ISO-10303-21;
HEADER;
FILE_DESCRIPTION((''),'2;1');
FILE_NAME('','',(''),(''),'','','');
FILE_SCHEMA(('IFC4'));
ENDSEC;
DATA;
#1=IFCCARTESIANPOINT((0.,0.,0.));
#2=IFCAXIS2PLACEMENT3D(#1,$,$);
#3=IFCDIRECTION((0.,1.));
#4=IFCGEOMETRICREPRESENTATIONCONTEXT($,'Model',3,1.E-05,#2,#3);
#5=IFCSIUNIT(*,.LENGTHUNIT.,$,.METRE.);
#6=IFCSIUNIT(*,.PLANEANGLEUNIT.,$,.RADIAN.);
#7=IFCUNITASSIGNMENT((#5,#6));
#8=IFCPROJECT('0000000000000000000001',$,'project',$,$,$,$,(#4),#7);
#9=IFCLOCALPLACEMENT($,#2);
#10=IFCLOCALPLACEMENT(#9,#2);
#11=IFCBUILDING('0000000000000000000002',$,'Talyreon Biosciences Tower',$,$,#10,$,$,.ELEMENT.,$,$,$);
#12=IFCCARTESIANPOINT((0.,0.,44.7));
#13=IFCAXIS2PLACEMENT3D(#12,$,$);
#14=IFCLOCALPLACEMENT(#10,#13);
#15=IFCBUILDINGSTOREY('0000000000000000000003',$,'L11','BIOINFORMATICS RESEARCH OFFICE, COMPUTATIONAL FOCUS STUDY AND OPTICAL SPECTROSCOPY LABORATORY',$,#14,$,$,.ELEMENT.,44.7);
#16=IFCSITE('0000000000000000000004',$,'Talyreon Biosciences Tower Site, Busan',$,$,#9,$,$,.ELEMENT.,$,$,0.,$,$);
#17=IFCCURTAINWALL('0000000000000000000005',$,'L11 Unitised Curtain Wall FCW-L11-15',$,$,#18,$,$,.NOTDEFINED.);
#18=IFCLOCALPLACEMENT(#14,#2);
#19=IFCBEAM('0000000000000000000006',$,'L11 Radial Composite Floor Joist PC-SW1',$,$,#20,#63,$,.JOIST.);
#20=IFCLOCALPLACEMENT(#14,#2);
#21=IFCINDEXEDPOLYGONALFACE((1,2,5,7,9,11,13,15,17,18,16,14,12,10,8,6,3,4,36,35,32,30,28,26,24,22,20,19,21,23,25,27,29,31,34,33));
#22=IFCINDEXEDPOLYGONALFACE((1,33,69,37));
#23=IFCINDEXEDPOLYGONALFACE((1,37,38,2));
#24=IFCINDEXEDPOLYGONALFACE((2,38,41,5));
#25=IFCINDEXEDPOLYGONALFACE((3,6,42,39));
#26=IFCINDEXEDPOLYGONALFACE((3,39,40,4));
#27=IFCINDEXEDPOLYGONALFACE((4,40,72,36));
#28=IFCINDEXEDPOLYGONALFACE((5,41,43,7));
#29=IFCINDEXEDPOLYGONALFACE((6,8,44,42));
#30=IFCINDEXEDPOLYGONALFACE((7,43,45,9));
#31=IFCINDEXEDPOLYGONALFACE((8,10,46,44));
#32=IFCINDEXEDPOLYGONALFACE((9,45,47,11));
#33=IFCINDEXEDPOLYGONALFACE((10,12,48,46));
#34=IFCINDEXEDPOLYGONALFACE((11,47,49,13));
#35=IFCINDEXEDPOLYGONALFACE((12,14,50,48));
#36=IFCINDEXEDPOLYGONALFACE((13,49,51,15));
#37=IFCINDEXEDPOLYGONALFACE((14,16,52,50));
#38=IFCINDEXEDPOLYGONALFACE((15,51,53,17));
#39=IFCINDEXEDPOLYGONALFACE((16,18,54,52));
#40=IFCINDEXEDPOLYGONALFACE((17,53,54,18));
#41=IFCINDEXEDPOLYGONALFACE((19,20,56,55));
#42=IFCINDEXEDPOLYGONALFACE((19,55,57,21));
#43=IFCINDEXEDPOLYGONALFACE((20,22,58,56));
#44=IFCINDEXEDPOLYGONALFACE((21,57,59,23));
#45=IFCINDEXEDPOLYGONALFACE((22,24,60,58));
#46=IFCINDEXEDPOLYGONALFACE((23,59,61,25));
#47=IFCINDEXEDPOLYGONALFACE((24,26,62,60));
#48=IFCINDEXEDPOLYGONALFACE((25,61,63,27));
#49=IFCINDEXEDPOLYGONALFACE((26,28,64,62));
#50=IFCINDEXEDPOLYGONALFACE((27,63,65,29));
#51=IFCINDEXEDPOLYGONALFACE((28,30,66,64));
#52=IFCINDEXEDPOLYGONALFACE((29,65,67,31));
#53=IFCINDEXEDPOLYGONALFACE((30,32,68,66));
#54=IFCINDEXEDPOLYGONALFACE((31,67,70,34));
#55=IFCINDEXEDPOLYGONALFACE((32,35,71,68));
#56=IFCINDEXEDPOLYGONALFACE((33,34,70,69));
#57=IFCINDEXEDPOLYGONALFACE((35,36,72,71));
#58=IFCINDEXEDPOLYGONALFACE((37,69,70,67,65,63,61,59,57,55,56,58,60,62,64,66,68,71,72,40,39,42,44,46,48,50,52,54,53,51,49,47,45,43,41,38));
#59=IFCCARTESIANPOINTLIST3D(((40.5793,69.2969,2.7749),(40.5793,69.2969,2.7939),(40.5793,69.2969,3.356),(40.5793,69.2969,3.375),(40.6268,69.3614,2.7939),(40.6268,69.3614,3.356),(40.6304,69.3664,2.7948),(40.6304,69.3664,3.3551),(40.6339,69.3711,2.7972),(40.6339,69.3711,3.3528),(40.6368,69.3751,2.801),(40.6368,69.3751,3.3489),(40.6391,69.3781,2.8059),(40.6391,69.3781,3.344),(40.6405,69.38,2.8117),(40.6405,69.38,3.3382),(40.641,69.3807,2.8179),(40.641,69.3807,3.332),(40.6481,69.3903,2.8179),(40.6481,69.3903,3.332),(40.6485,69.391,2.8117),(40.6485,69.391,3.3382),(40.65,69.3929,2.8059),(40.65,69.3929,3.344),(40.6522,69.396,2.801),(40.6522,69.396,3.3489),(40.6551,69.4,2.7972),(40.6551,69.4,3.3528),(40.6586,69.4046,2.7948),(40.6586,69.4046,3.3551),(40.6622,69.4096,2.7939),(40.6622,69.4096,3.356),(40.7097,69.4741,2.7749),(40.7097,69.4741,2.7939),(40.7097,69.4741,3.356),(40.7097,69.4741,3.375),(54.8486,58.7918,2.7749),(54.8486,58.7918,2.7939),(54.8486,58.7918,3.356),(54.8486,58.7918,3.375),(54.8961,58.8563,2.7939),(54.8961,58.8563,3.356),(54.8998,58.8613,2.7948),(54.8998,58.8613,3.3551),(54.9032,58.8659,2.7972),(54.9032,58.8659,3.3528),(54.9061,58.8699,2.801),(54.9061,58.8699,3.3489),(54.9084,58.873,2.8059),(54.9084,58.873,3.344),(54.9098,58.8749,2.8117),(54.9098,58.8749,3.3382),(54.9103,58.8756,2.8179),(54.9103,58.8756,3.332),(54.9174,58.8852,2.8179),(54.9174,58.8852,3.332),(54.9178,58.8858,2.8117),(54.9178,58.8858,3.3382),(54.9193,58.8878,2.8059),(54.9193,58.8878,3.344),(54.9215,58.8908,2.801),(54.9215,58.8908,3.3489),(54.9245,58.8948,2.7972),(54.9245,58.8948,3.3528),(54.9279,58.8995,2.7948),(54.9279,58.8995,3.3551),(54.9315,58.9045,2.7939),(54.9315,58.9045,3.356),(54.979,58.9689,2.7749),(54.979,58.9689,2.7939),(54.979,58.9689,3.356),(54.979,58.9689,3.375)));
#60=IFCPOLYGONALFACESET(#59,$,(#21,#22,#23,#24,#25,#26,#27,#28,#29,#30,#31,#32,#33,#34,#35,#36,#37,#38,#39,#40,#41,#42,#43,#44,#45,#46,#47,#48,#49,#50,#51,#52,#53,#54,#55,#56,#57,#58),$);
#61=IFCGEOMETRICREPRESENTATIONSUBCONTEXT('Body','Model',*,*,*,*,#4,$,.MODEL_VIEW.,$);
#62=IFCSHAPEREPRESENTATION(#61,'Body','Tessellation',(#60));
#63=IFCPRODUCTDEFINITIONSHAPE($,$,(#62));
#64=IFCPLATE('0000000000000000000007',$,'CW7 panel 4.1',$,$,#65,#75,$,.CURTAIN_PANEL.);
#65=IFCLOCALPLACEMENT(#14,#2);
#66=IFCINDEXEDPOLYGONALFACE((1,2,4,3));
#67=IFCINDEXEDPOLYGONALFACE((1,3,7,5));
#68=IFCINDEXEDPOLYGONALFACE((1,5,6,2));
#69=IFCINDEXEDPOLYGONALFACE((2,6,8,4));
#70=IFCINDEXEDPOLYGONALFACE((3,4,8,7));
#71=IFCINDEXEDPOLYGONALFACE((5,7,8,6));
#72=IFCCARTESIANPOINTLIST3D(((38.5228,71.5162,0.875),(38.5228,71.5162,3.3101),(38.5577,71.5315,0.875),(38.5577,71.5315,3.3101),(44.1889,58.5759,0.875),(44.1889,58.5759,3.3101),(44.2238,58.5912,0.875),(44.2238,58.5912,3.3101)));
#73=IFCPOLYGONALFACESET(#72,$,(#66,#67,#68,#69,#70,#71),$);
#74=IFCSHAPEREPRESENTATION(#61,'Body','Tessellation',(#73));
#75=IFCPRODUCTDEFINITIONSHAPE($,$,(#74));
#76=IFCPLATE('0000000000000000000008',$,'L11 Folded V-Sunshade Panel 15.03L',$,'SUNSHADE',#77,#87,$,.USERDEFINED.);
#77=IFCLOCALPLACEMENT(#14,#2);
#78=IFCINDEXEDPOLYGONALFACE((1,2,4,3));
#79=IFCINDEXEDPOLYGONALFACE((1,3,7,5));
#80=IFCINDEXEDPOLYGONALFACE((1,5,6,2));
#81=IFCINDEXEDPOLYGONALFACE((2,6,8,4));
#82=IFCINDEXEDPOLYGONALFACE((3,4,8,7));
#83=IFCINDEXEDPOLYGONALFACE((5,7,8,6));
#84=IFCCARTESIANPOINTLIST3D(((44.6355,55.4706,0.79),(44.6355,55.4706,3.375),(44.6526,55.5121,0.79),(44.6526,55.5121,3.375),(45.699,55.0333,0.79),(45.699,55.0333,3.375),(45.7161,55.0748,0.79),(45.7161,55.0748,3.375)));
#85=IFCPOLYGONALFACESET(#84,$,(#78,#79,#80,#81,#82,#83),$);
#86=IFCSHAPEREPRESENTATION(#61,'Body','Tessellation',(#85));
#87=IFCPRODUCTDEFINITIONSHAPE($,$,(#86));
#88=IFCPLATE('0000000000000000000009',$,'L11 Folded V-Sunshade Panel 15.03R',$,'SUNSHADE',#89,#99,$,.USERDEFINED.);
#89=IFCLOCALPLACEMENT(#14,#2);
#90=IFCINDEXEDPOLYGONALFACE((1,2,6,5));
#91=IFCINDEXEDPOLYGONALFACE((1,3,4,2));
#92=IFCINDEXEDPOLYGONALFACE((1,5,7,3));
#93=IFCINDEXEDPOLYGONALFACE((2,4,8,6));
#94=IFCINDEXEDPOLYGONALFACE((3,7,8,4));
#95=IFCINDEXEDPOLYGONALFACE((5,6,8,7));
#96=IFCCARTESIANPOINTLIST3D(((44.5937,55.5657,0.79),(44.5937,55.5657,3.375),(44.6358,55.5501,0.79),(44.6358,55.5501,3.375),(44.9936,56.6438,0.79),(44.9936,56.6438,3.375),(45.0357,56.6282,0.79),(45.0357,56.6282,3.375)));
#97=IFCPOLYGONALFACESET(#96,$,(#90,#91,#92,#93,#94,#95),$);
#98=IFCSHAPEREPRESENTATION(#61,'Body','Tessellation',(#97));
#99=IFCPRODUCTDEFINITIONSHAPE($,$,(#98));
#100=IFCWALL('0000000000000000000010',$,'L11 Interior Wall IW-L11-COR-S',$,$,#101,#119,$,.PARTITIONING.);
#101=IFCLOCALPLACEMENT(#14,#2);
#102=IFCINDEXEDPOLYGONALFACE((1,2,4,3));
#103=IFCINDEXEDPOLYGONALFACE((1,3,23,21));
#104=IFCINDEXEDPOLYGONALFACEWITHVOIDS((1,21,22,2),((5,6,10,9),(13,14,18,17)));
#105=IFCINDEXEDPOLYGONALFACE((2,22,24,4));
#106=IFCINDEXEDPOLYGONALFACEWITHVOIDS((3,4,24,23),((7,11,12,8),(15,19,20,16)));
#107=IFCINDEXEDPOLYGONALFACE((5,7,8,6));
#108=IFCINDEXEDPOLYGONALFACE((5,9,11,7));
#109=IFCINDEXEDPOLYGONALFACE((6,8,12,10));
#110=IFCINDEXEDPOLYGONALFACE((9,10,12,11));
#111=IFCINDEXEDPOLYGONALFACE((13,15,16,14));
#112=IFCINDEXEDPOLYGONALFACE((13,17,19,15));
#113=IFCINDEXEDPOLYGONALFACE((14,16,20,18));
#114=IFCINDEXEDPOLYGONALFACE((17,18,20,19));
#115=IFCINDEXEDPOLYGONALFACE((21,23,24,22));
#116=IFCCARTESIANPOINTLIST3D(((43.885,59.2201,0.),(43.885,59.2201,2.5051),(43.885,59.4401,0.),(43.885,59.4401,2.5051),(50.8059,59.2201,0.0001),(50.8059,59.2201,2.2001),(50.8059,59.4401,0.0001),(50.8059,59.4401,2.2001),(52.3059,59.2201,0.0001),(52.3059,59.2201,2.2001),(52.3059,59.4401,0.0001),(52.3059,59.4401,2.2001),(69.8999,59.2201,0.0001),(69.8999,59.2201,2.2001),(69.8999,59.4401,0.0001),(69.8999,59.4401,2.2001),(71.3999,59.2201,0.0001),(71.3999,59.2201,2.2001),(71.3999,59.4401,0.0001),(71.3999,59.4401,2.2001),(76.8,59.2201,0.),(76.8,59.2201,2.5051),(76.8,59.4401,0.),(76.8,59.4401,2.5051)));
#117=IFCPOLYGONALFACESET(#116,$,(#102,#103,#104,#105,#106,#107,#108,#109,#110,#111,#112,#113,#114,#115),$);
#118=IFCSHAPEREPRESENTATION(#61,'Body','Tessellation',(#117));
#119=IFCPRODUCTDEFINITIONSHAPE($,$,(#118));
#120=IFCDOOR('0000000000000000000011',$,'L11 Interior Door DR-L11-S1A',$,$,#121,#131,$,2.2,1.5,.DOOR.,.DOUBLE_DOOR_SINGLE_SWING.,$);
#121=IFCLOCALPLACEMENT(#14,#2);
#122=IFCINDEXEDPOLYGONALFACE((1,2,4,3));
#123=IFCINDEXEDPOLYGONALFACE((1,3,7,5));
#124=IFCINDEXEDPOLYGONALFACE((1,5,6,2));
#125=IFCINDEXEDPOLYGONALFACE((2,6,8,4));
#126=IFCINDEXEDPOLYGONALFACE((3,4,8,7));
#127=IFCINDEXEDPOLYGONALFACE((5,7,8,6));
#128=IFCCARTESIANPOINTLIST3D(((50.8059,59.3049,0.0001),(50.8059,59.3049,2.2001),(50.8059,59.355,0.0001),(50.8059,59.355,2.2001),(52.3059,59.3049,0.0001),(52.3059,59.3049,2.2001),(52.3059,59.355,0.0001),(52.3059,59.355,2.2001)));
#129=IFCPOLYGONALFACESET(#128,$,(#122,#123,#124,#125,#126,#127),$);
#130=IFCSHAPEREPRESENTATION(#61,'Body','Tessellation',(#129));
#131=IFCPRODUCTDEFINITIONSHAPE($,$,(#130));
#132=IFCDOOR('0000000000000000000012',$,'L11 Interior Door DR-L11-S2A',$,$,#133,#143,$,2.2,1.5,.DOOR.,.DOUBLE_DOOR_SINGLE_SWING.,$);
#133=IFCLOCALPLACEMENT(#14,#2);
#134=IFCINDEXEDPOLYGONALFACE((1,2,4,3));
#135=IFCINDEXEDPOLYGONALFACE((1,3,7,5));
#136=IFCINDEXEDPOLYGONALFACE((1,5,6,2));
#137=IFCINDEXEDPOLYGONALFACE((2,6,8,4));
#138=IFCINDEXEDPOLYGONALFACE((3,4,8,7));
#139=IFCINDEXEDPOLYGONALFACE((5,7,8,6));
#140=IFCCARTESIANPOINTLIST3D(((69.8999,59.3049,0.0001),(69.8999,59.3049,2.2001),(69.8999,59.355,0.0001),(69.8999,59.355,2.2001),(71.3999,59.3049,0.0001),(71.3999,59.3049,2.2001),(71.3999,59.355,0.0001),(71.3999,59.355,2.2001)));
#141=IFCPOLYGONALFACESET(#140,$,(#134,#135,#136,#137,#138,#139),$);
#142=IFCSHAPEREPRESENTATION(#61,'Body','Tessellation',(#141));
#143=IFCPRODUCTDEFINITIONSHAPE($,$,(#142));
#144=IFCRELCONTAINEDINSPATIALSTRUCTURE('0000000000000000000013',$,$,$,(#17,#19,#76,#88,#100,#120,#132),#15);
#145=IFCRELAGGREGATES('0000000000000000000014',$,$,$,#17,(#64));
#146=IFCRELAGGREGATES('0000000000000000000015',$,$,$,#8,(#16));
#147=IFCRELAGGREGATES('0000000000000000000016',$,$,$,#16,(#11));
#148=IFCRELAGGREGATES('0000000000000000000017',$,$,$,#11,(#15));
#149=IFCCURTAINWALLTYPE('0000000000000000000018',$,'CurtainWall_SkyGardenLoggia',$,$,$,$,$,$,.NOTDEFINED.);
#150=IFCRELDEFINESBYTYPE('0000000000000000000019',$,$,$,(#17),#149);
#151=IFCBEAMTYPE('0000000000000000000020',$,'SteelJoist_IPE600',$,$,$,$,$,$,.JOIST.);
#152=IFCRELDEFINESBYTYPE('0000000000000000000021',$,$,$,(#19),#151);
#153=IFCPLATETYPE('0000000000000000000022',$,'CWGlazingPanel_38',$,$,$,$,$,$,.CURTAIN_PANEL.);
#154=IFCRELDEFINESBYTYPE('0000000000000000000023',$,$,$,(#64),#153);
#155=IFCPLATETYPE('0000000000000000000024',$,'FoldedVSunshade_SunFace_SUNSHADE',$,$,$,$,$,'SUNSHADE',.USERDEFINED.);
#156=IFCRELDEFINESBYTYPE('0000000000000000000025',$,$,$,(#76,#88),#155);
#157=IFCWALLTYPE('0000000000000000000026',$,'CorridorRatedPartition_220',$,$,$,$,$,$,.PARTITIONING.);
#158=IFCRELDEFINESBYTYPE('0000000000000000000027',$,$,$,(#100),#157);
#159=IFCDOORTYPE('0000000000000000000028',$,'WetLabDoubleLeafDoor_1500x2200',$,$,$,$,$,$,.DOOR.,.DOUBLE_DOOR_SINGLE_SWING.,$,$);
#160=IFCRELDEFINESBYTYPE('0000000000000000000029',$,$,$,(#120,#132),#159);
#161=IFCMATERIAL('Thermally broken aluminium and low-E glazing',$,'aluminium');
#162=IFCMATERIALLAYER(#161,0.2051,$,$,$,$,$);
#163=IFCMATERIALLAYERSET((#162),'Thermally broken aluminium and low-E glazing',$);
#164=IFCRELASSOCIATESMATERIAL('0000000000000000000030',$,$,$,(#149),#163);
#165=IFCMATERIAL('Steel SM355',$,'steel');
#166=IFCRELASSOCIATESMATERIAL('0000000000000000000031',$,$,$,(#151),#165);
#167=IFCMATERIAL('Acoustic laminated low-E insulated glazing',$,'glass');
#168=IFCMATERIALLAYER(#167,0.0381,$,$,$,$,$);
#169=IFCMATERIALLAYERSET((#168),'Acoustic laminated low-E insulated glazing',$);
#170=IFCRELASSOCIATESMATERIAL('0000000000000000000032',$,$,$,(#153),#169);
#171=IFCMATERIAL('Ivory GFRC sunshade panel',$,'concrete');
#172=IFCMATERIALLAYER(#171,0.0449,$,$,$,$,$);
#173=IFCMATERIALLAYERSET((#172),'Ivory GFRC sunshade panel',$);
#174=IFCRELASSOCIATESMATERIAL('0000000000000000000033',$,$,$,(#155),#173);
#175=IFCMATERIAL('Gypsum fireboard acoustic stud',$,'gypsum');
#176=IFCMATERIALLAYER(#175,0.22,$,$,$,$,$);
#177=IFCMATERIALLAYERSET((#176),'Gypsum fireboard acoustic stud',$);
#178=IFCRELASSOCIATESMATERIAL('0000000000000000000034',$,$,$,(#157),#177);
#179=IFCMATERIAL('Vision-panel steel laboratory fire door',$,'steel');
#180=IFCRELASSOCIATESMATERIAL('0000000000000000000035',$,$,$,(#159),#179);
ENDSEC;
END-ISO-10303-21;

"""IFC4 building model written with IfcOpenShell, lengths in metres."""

from ifc_helpers import new_model, si_unit, direction, frame, frame_2d, origin, origin_2d, place, context, subcontext, project, spatial, rectangle, i_section, extrude, material, layer, layer_set, material_profile, profile_set, type_object, element, fill, aggregate, save


model = new_model("IFC4")

# Units and contexts
model_context = context("Model", 3, precision=1e-05, world=origin(), true_north=direction((0.0, 1.0)))
body_context = subcontext(model_context, "Body", "Model", "MODEL_VIEW")
ifc_project = project(units=[si_unit("LENGTHUNIT", "METRE"), si_unit("PLANEANGLEUNIT", "RADIAN")], contexts=[model_context])

# Site, building, storey
site_placement = place(None, origin())
site = spatial("IfcSite", under=ifc_project, at=site_placement, Name="Talyreon Biosciences Tower Site, Busan", CompositionType="ELEMENT", RefElevation=0.0)
building_placement = place(site_placement, origin())
building = spatial("IfcBuilding", under=site, at=building_placement, Name="Talyreon Biosciences Tower", CompositionType="ELEMENT")
storey_placement = place(building_placement, frame((0.0, 0.0, 44.7)))
storey = spatial("IfcBuildingStorey", under=building, at=storey_placement, Name="L11", Description="BIOINFORMATICS RESEARCH OFFICE, COMPUTATIONAL FOCUS STUDY AND OPTICAL SPECTROSCOPY LABORATORY", CompositionType="ELEMENT", Elevation=44.7)

# Curtain wall
ifc_material_1 = material(Name="Thermally broken aluminium and low-E glazing", Category="aluminium")
ifc_layer_1 = layer(ifc_material_1, 0.2051)
ifc_layer_set_1 = layer_set([ifc_layer_1], Name="Thermally broken aluminium and low-E glazing")
curtain_wall_type = type_object("IfcCurtainWallType", Name="CurtainWall_SkyGardenLoggia", PredefinedType="NOTDEFINED", material=ifc_layer_set_1)
curtain_wall_placement = place(storey_placement, origin())
curtain_wall = element("IfcCurtainWall", 1, at=curtain_wall_placement, inside=storey, type_object=curtain_wall_type, Name="L11 Unitised Curtain Wall FCW-L11-15", PredefinedType="NOTDEFINED")

# Beam
ifc_material_2 = material(Name="Steel SM355", Category="steel")
ifc_material_profile_1 = material_profile(ifc_material_2, i_section(OverallWidth=0.22, OverallDepth=0.6001, WebThickness=0.012, FlangeThickness=0.019, FilletRadius=0.0239, at=origin_2d()), Name="IPE600")
ifc_profile_set_1 = profile_set([ifc_material_profile_1], Name="Steel SM355")
beam_type_1 = type_object("IfcBeamType", Name="SteelJoist_IPE600", PredefinedType="JOIST", material=ifc_profile_set_1)
beam_1_placement = place(storey_placement, frame((54.9138, 58.8804, 3.075), z_axis=(-0.805301, 0.592867, 0.0), x_axis=(-0.592867, -0.805301, 0.0)))
element("IfcBeam", 2, at=beam_1_placement, inside=storey, type_object=beam_type_1, Name="L11 Radial Composite Floor Joist PC-SW1", PredefinedType="JOIST", context=body_context, shape_type="SweptSolid", body=[
    extrude(i_section(OverallWidth=0.22, OverallDepth=0.6001, WebThickness=0.012, FlangeThickness=0.019, FilletRadius=0.0239, at=origin_2d()), origin(), (0.0, 0.0, 1.0), 17.7192),
])

# Plate
ifc_material_3 = material(Name="Acoustic laminated low-E insulated glazing", Category="glass")
ifc_layer_2 = layer(ifc_material_3, 0.0381)
ifc_layer_set_2 = layer_set([ifc_layer_2], Name="Acoustic laminated low-E insulated glazing")
plate_type_1 = type_object("IfcPlateType", Name="CWGlazingPanel_38", PredefinedType="CURTAIN_PANEL", material=ifc_layer_set_2)
plate_placement = place(storey_placement, frame((41.3733, 65.0537, 0.875), z_axis=(0.0, 0.0, 1.0), x_axis=(-0.401097, 0.916035, 0.0)))
plate = element("IfcPlate", 3, at=plate_placement, type_object=plate_type_1, Name="CW7 panel 4.1", PredefinedType="CURTAIN_PANEL", context=body_context, shape_type="SweptSolid", body=[
    extrude(rectangle(XDim=14.1265, YDim=0.0381, at=origin_2d()), origin(), (0.0, 0.0, 1.0), 2.4351),
])
aggregate(curtain_wall, [plate])

# Plates
ifc_material_4 = material(Name="Ivory GFRC sunshade panel", Category="concrete")
ifc_layer_3 = layer(ifc_material_4, 0.0449)
ifc_layer_set_3 = layer_set([ifc_layer_3], Name="Ivory GFRC sunshade panel")
plate_type_2 = type_object("IfcPlateType", Name="FoldedVSunshade_SunFace_SUNSHADE", ElementType="SUNSHADE", PredefinedType="USERDEFINED", material=ifc_layer_set_3)
for number, where, z_axis, x_axis, name in (
    (4, (45.1758, 55.2727, 0.79), (0.0, 0.0, 1.0), (-0.924858, 0.380312, 0.0), "L11 Folded V-Sunshade Panel 15.03L"),
    (5, (44.8147, 56.0969, 0.79), (0.0, 0.0, 1.0), (0.347803, 0.937568, 0.0), "L11 Folded V-Sunshade Panel 15.03R"),
):
    element("IfcPlate", number, at=place(storey_placement, frame(where, z_axis=z_axis, x_axis=x_axis)), inside=storey, type_object=plate_type_2, Name=name, ObjectType="SUNSHADE", PredefinedType="USERDEFINED", context=body_context, shape_type="SweptSolid", body=[
        extrude(rectangle(XDim=1.1499, YDim=0.0449, at=origin_2d()), origin(), (0.0, 0.0, 1.0), 2.585),
    ])

# Wall, openings, doors
ifc_material_5 = material(Name="Gypsum fireboard acoustic stud", Category="gypsum")
ifc_layer_4 = layer(ifc_material_5, 0.22)
ifc_layer_set_4 = layer_set([ifc_layer_4], Name="Gypsum fireboard acoustic stud")
wall_type = type_object("IfcWallType", Name="CorridorRatedPartition_220", PredefinedType="PARTITIONING", material=ifc_layer_set_4)
wall_placement = place(storey_placement, frame((43.885, 59.3301, 0.0), z_axis=(0.0, 0.0, 1.0), x_axis=(1.0, 0.0, 0.0)))
wall = element("IfcWall", 6, at=wall_placement, inside=storey, type_object=wall_type, Name="L11 Interior Wall IW-L11-COR-S", PredefinedType="PARTITIONING", context=body_context, shape_type="SweptSolid", body=[
    extrude(rectangle(XDim=32.915, YDim=0.22, at=frame_2d((16.4575, 0.0))), origin(), (0.0, 0.0, 1.0), 2.5051),
])
opening_1_placement = place(wall_placement, frame((6.9209, 0.0, 0.0)))
opening_1 = element("IfcOpeningElement", 7, at=opening_1_placement, cuts=wall, PredefinedType="OPENING", context=body_context, shape_type="SweptSolid", body=[
    extrude(rectangle(XDim=1.5, YDim=2.2, at=frame_2d((0.75, 1.1001))), frame((0.0, 0.1199, 0.0), z_axis=(0.0, -1.0, 0.0), x_axis=(1.0, 0.0, 0.0)), (0.0, 0.0, 1.0), 0.24),
])
opening_2_placement = place(wall_placement, frame((26.0149, 0.0, 0.0)))
opening_2 = element("IfcOpeningElement", 8, at=opening_2_placement, cuts=wall, PredefinedType="OPENING", context=body_context, shape_type="SweptSolid", body=[
    extrude(rectangle(XDim=1.5, YDim=2.2, at=frame_2d((0.75, 1.1001))), frame((0.0, 0.1199, 0.0), z_axis=(0.0, -1.0, 0.0), x_axis=(1.0, 0.0, 0.0)), (0.0, 0.0, 1.0), 0.24),
])
ifc_material_6 = material(Name="Vision-panel steel laboratory fire door", Category="steel")
door_type = type_object("IfcDoorType", Name="WetLabDoubleLeafDoor_1500x2200", OperationType="DOUBLE_DOOR_SINGLE_SWING", PredefinedType="DOOR", material=ifc_material_6)
door_1_placement = place(opening_1_placement, origin())
door_1 = element("IfcDoor", 9, at=door_1_placement, inside=storey, type_object=door_type, Name="L11 Interior Door DR-L11-S1A", OperationType="DOUBLE_DOOR_SINGLE_SWING", OverallHeight=2.2, OverallWidth=1.5, PredefinedType="DOOR", context=body_context, shape_type="SweptSolid", body=[
    extrude(rectangle(XDim=1.5, YDim=2.2, at=frame_2d((0.75, 1.1001))), frame((0.0, 0.0249, 0.0), z_axis=(0.0, -1.0, 0.0), x_axis=(1.0, 0.0, 0.0)), (0.0, 0.0, 1.0), 0.05),
])
fill(opening_1, door_1)
door_2_placement = place(opening_2_placement, origin())
door_2 = element("IfcDoor", 10, at=door_2_placement, inside=storey, type_object=door_type, Name="L11 Interior Door DR-L11-S2A", OperationType="DOUBLE_DOOR_SINGLE_SWING", OverallHeight=2.2, OverallWidth=1.5, PredefinedType="DOOR", context=body_context, shape_type="SweptSolid", body=[
    extrude(rectangle(XDim=1.5, YDim=2.2, at=frame_2d((0.75, 1.1001))), frame((0.0, 0.0249, 0.0), z_axis=(0.0, -1.0, 0.0), x_axis=(1.0, 0.0, 0.0)), (0.0, 0.0, 1.0), 0.05),
])
fill(opening_2, door_2)

save(model, "model.ifc")
